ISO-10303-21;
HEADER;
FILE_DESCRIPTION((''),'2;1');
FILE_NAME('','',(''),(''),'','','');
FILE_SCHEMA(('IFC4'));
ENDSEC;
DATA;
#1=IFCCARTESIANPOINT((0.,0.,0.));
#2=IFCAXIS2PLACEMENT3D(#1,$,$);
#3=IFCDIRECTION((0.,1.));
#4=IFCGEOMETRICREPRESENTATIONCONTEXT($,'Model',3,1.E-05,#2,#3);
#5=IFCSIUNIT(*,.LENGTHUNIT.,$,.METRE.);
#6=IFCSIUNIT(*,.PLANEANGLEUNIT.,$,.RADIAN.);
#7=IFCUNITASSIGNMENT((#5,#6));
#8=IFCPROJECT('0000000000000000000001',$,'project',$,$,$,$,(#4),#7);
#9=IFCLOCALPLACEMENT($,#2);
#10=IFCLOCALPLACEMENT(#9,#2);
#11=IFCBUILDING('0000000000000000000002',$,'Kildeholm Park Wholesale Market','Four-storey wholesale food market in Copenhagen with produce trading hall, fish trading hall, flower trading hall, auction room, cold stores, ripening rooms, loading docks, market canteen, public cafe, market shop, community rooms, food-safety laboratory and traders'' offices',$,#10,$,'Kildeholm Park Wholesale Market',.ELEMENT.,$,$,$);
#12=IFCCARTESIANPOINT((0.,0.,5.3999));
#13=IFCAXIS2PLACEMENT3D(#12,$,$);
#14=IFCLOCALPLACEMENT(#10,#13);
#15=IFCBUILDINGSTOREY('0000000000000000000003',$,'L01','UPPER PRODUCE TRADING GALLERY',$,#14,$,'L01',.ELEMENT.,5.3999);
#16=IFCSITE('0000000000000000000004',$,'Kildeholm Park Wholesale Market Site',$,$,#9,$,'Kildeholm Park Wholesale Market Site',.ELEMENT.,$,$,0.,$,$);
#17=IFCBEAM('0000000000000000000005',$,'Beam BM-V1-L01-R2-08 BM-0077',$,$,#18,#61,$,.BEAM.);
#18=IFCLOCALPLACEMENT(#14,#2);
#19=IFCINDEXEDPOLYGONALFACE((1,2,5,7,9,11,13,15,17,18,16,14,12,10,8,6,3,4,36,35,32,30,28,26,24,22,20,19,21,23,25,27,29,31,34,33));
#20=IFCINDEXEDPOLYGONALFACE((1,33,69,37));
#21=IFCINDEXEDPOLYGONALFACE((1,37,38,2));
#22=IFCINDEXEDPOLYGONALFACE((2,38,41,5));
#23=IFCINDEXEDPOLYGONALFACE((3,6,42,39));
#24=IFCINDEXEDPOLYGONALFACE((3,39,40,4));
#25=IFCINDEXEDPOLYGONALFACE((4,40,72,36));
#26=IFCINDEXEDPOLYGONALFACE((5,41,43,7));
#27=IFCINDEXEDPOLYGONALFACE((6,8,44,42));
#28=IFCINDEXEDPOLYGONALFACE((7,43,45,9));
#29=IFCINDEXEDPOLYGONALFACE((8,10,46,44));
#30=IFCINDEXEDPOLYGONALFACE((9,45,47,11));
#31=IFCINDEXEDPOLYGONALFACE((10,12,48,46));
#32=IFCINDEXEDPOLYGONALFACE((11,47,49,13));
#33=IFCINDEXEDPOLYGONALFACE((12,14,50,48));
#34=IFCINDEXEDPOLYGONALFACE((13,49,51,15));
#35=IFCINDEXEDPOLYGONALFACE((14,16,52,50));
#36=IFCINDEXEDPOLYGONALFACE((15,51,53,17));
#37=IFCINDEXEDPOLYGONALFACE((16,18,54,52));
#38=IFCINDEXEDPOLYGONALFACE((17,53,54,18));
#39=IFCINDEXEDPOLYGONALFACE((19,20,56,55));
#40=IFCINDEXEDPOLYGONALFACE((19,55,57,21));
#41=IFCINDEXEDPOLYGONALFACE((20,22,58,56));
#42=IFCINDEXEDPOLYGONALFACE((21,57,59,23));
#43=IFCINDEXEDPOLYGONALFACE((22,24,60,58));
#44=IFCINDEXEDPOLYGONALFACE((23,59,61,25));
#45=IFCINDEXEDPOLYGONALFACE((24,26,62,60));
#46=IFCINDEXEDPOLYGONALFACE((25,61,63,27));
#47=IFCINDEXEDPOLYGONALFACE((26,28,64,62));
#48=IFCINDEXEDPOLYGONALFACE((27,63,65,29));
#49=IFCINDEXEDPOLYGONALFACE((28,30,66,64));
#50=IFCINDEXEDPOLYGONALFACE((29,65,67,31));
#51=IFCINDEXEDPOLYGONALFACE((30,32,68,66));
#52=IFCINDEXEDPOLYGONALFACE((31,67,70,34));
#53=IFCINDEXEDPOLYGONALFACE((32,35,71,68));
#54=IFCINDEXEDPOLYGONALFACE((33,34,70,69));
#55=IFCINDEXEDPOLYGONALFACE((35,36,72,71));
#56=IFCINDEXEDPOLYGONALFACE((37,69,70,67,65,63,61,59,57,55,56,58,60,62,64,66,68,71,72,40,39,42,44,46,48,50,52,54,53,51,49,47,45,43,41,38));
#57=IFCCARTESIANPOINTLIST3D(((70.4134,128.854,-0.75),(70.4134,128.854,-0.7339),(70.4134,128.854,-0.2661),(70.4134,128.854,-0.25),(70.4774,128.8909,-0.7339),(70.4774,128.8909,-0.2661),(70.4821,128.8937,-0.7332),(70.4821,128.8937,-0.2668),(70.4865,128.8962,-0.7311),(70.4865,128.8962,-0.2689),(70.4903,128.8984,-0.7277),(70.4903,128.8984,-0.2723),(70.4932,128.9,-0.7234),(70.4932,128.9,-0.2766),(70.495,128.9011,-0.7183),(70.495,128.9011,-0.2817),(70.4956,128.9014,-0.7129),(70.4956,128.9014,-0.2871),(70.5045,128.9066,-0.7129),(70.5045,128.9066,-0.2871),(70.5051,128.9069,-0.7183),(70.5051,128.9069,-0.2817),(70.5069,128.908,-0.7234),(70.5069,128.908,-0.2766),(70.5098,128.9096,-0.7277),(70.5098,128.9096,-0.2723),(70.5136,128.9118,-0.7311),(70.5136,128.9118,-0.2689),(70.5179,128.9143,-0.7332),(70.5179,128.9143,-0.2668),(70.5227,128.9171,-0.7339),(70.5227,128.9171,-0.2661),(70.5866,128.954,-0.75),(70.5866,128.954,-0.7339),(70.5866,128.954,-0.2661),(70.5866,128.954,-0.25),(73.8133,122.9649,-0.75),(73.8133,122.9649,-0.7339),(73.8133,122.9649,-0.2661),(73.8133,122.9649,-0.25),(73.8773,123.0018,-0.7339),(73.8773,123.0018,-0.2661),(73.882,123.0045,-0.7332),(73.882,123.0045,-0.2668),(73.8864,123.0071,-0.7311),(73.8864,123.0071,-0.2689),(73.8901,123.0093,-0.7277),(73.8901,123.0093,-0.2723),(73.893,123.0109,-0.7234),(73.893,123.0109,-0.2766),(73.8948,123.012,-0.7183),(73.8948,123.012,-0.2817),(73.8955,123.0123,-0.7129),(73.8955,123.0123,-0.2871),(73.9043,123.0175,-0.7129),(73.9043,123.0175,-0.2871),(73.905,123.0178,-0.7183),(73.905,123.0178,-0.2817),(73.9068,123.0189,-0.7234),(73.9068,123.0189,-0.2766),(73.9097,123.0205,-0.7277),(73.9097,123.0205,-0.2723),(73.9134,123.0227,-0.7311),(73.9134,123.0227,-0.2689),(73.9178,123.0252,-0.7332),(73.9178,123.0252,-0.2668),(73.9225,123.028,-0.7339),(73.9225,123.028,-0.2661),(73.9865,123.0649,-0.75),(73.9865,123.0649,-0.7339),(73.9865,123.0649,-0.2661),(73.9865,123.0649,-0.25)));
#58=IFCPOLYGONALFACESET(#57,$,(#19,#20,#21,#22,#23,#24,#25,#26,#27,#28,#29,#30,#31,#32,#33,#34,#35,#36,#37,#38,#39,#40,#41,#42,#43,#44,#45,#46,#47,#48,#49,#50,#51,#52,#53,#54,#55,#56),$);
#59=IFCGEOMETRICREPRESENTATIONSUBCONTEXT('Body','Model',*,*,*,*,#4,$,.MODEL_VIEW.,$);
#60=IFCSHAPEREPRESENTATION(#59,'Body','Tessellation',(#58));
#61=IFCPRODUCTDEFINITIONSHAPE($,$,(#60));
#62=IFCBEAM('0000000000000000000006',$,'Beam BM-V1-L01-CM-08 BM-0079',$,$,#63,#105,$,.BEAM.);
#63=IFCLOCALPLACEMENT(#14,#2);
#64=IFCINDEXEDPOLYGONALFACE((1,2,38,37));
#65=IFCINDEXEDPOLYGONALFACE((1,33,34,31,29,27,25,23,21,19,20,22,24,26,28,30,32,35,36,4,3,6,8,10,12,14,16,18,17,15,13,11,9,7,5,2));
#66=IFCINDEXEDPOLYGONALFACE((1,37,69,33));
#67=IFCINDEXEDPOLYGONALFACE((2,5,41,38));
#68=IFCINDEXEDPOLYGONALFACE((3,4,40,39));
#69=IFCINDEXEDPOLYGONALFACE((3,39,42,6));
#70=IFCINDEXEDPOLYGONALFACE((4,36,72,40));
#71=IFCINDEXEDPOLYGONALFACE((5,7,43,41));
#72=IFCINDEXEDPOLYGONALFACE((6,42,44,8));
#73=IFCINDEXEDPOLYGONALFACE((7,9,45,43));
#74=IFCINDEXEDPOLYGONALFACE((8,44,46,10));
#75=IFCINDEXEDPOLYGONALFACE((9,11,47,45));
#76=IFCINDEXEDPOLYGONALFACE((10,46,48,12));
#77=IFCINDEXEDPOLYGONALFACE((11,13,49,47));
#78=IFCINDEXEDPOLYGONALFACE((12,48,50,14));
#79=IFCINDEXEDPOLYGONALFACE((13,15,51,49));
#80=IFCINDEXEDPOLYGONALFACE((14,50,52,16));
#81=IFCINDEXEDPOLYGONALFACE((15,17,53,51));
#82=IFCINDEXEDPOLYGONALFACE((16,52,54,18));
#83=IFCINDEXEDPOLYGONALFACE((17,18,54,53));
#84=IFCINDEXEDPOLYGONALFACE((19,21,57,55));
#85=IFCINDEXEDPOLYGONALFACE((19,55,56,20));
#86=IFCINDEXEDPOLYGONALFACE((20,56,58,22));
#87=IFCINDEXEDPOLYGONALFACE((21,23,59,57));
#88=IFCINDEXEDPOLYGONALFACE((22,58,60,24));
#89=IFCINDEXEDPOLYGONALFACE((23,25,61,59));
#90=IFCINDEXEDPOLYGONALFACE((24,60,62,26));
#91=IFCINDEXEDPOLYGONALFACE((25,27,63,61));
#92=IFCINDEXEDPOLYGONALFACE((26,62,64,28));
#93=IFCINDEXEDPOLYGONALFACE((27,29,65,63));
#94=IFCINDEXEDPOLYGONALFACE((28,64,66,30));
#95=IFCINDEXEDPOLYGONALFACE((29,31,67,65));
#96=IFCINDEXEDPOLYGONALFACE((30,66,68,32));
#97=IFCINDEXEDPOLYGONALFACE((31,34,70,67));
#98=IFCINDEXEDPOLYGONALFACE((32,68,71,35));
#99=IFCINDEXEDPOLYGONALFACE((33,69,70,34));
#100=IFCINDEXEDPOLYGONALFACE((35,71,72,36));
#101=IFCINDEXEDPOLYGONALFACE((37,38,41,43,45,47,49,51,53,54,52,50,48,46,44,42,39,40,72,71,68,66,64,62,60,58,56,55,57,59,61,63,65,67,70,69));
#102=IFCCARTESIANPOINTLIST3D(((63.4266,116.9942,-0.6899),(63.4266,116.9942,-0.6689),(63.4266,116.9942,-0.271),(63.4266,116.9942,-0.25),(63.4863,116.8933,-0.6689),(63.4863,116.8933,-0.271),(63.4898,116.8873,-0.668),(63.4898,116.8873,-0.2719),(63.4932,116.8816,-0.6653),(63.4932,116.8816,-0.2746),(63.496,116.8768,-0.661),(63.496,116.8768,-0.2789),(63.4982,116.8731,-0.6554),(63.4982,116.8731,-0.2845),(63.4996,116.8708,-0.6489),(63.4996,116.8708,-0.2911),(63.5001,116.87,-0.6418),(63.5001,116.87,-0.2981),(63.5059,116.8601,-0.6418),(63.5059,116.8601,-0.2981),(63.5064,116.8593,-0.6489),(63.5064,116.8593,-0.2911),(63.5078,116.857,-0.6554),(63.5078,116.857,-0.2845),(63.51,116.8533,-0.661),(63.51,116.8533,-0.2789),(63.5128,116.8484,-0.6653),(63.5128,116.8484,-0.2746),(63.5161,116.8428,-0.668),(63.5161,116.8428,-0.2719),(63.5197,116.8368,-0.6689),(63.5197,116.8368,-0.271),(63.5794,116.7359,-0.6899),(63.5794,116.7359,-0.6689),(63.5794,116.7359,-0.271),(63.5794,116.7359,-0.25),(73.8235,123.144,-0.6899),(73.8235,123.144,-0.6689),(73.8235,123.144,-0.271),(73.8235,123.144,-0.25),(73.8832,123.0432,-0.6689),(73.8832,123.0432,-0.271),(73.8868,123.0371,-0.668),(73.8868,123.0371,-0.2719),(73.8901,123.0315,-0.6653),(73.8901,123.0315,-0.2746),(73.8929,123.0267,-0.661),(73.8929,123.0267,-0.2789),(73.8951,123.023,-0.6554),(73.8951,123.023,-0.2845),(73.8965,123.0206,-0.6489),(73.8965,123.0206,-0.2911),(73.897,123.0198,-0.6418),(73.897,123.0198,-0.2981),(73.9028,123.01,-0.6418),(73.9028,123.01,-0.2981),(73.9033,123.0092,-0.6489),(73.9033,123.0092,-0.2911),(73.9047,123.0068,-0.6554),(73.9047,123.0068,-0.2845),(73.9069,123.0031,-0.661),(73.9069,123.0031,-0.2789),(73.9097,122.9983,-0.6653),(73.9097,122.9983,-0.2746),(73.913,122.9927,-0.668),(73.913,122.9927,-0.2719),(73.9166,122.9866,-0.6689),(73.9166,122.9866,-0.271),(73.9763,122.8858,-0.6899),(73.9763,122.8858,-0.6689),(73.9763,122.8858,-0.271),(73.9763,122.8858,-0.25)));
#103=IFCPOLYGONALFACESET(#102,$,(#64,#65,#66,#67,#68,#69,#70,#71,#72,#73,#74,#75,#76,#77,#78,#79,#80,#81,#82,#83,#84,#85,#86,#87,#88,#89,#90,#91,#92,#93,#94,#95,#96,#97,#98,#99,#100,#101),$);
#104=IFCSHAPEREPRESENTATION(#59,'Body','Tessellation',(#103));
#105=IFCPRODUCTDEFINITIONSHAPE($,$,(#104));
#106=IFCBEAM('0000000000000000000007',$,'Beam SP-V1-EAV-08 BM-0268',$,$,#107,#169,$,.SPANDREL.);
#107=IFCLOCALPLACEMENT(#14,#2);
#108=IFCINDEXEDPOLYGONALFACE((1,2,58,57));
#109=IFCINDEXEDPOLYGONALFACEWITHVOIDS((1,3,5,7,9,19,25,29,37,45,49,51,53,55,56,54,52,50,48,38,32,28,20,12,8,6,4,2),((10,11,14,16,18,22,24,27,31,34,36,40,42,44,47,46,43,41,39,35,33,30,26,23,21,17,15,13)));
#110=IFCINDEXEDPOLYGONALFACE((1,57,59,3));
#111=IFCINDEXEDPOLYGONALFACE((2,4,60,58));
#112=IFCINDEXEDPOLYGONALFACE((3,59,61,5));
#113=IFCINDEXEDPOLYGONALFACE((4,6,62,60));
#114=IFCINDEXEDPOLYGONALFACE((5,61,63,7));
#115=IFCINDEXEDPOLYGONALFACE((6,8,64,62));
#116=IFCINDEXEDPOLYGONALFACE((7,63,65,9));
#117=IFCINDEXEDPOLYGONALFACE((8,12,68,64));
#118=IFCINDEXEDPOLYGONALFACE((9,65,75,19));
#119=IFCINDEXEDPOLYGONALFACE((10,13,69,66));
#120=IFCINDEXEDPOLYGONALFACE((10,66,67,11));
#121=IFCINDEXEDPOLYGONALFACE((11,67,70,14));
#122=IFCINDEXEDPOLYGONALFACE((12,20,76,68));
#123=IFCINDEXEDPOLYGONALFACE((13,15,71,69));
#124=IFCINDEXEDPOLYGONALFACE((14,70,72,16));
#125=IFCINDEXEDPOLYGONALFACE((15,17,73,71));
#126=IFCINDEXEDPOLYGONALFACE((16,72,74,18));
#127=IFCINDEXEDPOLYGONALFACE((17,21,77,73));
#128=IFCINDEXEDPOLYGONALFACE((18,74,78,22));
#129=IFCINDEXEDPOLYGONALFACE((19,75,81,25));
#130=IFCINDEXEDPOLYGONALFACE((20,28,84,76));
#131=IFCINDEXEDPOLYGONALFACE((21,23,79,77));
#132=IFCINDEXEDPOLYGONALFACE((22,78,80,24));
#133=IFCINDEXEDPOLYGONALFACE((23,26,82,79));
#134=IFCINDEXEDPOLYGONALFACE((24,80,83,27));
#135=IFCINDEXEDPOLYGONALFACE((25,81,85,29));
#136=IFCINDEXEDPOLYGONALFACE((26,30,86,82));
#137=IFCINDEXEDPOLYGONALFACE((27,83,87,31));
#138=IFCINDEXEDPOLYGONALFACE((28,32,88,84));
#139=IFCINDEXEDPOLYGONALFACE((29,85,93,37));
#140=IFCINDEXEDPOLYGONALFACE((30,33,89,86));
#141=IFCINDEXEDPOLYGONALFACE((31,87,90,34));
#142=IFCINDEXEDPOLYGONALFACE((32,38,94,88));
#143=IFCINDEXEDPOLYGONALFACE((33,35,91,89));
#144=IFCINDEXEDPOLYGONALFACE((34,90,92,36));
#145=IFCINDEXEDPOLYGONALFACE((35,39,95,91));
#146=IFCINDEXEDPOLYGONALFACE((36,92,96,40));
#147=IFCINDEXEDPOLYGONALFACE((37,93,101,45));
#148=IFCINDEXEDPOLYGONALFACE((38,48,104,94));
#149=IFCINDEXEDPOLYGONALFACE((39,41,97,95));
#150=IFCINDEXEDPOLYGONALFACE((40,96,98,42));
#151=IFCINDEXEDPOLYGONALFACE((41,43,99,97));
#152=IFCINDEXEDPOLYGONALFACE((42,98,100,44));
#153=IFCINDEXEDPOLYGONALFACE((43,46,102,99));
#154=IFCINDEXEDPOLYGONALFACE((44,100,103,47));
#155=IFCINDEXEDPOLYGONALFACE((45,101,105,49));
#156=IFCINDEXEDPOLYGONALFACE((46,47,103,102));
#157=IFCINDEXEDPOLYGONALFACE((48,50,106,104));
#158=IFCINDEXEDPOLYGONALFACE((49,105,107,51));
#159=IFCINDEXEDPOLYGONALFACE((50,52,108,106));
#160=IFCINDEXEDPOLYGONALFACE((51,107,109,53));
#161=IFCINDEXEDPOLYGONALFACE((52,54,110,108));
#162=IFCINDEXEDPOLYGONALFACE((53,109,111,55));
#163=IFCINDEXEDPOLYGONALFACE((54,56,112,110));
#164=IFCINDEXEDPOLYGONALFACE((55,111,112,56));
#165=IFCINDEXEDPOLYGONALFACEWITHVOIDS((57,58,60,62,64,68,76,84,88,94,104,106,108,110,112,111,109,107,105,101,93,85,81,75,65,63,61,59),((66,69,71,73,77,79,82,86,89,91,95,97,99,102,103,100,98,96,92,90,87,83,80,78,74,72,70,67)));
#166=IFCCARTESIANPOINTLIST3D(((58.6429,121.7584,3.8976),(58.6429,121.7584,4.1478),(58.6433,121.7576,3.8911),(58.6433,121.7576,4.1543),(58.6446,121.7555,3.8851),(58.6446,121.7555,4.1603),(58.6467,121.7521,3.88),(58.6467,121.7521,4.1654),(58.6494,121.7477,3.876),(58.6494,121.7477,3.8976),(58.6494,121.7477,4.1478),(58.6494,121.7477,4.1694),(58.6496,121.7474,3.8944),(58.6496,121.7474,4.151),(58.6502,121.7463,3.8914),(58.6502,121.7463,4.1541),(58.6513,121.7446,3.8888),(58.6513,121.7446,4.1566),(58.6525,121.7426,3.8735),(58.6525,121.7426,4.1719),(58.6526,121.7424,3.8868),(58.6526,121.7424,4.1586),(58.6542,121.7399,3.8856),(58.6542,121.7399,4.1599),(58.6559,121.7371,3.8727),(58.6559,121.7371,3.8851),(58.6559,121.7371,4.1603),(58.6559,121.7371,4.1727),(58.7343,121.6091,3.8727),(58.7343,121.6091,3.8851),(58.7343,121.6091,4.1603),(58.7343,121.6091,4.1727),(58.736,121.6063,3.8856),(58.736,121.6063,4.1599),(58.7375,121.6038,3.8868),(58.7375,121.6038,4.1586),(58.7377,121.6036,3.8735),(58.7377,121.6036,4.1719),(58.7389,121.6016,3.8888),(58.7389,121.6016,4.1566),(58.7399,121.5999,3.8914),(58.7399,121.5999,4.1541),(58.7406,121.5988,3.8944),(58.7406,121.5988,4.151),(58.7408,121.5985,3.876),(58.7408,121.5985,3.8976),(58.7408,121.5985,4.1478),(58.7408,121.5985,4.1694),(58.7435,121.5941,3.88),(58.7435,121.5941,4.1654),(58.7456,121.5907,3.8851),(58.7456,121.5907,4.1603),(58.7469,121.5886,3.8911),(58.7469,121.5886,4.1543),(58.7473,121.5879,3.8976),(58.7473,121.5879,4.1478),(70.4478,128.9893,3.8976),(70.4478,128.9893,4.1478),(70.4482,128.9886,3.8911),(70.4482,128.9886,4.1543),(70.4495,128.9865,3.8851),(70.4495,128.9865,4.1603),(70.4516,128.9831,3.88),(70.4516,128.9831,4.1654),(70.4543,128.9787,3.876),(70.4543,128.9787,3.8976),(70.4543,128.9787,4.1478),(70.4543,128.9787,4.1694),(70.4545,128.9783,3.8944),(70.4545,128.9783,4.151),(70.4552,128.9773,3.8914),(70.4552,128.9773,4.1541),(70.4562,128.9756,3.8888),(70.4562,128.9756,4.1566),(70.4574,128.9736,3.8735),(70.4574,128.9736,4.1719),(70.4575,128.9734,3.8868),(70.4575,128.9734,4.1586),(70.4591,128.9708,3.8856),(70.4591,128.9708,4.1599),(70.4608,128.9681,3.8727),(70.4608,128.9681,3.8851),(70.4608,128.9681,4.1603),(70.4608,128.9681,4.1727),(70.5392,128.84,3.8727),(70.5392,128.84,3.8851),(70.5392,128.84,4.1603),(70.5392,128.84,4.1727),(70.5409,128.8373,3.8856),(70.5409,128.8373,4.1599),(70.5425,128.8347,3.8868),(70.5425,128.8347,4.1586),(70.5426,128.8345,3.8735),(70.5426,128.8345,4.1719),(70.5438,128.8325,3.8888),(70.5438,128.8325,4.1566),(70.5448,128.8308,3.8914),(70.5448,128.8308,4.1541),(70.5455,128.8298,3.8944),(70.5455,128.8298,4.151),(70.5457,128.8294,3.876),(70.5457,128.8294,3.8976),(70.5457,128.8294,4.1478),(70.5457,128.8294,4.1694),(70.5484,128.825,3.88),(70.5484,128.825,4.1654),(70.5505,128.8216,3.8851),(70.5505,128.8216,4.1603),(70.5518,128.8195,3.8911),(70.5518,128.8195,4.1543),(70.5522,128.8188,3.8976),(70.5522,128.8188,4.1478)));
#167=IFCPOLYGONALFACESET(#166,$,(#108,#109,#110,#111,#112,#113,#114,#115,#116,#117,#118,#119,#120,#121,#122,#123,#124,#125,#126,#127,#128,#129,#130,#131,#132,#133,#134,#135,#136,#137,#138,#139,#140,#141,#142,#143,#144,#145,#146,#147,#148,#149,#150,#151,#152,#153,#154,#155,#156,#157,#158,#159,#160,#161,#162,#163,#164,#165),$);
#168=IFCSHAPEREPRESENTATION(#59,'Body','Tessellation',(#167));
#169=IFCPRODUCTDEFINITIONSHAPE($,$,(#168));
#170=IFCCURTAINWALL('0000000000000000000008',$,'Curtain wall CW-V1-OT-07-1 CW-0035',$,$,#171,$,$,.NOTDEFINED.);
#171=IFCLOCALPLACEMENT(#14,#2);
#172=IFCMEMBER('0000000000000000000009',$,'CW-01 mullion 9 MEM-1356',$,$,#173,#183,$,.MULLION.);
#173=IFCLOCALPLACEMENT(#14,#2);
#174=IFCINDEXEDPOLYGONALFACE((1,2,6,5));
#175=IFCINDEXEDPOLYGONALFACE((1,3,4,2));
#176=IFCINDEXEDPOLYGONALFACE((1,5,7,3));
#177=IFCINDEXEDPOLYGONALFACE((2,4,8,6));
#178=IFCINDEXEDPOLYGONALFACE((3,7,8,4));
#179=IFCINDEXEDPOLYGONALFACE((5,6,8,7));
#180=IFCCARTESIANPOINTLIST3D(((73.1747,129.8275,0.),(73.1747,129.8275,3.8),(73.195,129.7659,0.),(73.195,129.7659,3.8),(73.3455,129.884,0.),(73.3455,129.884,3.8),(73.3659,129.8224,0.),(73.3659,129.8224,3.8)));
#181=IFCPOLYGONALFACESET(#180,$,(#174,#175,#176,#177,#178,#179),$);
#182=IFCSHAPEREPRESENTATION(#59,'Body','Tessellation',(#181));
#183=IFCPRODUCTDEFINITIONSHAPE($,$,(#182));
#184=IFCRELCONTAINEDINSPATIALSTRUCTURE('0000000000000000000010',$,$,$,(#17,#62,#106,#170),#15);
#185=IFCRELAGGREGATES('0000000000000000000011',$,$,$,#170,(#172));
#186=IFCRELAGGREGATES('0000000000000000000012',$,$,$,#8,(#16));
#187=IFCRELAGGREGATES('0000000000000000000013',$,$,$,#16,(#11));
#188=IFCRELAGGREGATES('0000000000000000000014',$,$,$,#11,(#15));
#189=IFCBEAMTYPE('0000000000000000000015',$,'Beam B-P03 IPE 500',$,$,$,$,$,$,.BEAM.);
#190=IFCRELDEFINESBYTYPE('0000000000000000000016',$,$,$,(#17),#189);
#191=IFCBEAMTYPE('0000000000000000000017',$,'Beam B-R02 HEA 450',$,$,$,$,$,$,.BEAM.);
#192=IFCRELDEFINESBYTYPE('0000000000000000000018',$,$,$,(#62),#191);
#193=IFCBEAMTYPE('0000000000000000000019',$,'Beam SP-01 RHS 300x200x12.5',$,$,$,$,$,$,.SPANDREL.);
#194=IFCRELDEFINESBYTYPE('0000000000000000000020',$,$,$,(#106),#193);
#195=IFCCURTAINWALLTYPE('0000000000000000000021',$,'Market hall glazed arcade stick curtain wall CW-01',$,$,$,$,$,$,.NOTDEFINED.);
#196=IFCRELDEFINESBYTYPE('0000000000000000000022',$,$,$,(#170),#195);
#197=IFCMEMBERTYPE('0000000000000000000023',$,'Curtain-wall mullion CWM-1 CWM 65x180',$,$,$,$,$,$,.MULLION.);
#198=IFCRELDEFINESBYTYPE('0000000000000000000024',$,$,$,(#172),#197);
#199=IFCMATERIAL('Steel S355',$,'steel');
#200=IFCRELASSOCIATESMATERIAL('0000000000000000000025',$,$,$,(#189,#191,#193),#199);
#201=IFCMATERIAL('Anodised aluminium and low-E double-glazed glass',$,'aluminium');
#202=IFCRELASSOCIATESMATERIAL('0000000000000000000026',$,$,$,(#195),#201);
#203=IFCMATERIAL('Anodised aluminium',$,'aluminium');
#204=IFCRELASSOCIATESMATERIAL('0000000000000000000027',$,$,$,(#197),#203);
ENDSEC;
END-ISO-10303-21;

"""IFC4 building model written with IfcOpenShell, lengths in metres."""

from ifc_helpers import new_model, si_unit, direction, frame, origin, origin_2d, place, context, subcontext, project, spatial, rectangle, hollow_rectangle, i_section, extrude, material, material_profile, profile_set, type_object, element, aggregate, save


model = new_model("IFC4")

# Units and contexts
model_context = context("Model", 3, precision=1e-05, world=origin(), true_north=direction((0.0, 1.0)))
body_context = subcontext(model_context, "Body", "Model", "MODEL_VIEW")
ifc_project = project(units=[si_unit("LENGTHUNIT", "METRE"), si_unit("PLANEANGLEUNIT", "RADIAN")], contexts=[model_context])

# Site, building, storey
site_placement = place(None, origin())
site = spatial("IfcSite", under=ifc_project, at=site_placement, Name="Kildeholm Park Wholesale Market Site", LongName="Kildeholm Park Wholesale Market Site", CompositionType="ELEMENT", RefElevation=0.0)
building_placement = place(site_placement, origin())
building = spatial("IfcBuilding", under=site, at=building_placement, Name="Kildeholm Park Wholesale Market", Description="Four-storey wholesale food market in Copenhagen with produce trading hall, fish trading hall, flower trading hall, auction room, cold stores, ripening rooms, loading docks, market canteen, public cafe, market shop, community rooms, food-safety laboratory and traders' offices", LongName="Kildeholm Park Wholesale Market", CompositionType="ELEMENT")
storey_placement = place(building_placement, frame((0.0, 0.0, 5.3999)))
storey = spatial("IfcBuildingStorey", under=building, at=storey_placement, Name="L01", Description="UPPER PRODUCE TRADING GALLERY", LongName="L01", CompositionType="ELEMENT", Elevation=5.3999)

# Shared definitions
ifc_material_1 = material(Name="Steel S355", Category="steel")

# Beams
ifc_material_profile_1 = material_profile(ifc_material_1, i_section(OverallWidth=0.2, OverallDepth=0.5, WebThickness=0.0103, FlangeThickness=0.0161, FilletRadius=0.021, at=origin_2d()), Name="IPE 500")
ifc_profile_set_1 = profile_set([ifc_material_profile_1], Name="Steel S355")
beam_type_1 = type_object("IfcBeamType", Name="Beam B-P03 IPE 500", PredefinedType="BEAM", material=ifc_profile_set_1)
beam_1_placement = place(storey_placement, frame((73.8999, 123.0149, -0.5), z_axis=(-0.499977, 0.866039, 0.0), x_axis=(-0.866039, -0.499977, 0.0)))
element("IfcBeam", 1, at=beam_1_placement, inside=storey, type_object=beam_type_1, Name="Beam BM-V1-L01-R2-08 BM-0077", PredefinedType="BEAM", context=body_context, shape_type="SweptSolid", body=[
    extrude(i_section(OverallWidth=0.2, OverallDepth=0.5, WebThickness=0.0103, FlangeThickness=0.0161, FilletRadius=0.021, at=origin_2d()), origin(), (0.0, 0.0, 1.0), 6.8),
])
ifc_material_profile_2 = material_profile(ifc_material_1, i_section(OverallWidth=0.3, OverallDepth=0.4399, WebThickness=0.0115, FlangeThickness=0.021, FilletRadius=0.0271, at=origin_2d()), Name="HEA 450")
ifc_profile_set_2 = profile_set([ifc_material_profile_2], Name="Steel S355")
beam_type_2 = type_object("IfcBeamType", Name="Beam B-R02 HEA 450", PredefinedType="BEAM", material=ifc_profile_set_2)
beam_2_placement = place(storey_placement, frame((73.8999, 123.0149, -0.47), z_axis=(-0.8607, -0.509112, 0.0), x_axis=(0.509112, -0.8607, 0.0)))
element("IfcBeam", 2, at=beam_2_placement, inside=storey, type_object=beam_type_2, Name="Beam BM-V1-L01-CM-08 BM-0079", PredefinedType="BEAM", context=body_context, shape_type="SweptSolid", body=[
    extrude(i_section(OverallWidth=0.3, OverallDepth=0.4399, WebThickness=0.0115, FlangeThickness=0.021, FilletRadius=0.0271, at=origin_2d()), origin(), (0.0, 0.0, 1.0), 12.0796),
])
ifc_material_profile_3 = material_profile(ifc_material_1, hollow_rectangle(XDim=0.2, YDim=0.3, WallThickness=0.0125, InnerFilletRadius=0.0125, OuterFilletRadius=0.0249, at=origin_2d()), Name="RHS 300x200x12.5")
ifc_profile_set_3 = profile_set([ifc_material_profile_3], Name="Steel S355")
beam_type_3 = type_object("IfcBeamType", Name="Beam SP-01 RHS 300x200x12.5", PredefinedType="SPANDREL", material=ifc_profile_set_3)
beam_3_placement = place(storey_placement, frame((70.5, 128.9041, 4.0227), z_axis=(-0.85274, -0.522335, 0.0), x_axis=(0.522335, -0.85274, 0.0)))
element("IfcBeam", 3, at=beam_3_placement, inside=storey, type_object=beam_type_3, Name="Beam SP-V1-EAV-08 BM-0268", PredefinedType="SPANDREL", context=body_context, shape_type="SweptSolid", body=[
    extrude(hollow_rectangle(XDim=0.2, YDim=0.3, WallThickness=0.0125, InnerFilletRadius=0.0125, OuterFilletRadius=0.0249, at=origin_2d()), origin(), (0.0, 0.0, 1.0), 13.8435),
])

# Curtain wall, member
ifc_material_2 = material(Name="Anodised aluminium and low-E double-glazed glass", Category="aluminium")
curtain_wall_type = type_object("IfcCurtainWallType", Name="Market hall glazed arcade stick curtain wall CW-01", PredefinedType="NOTDEFINED", material=ifc_material_2)
curtain_wall_1_placement = place(storey_placement, origin())
curtain_wall_1 = element("IfcCurtainWall", 4, at=curtain_wall_1_placement, inside=storey, type_object=curtain_wall_type, Name="Curtain wall CW-V1-OT-07-1 CW-0035", PredefinedType="NOTDEFINED")
ifc_material_3 = material(Name="Anodised aluminium", Category="aluminium")
ifc_material_profile_4 = material_profile(ifc_material_3, rectangle(XDim=0.0649, YDim=0.1799, at=origin_2d()), Name="CWM 65x180")
ifc_profile_set_4 = profile_set([ifc_material_profile_4], Name="Anodised aluminium")
member_type_1 = type_object("IfcMemberType", Name="Curtain-wall mullion CWM-1 CWM 65x180", PredefinedType="MULLION", material=ifc_profile_set_4)
member_1_placement = place(storey_placement, frame((73.2703, 129.825, 0.0), z_axis=(0.0, 0.0, 1.0), x_axis=(0.313914, -0.949451, 0.0)))
member_1 = element("IfcMember", 5, at=member_1_placement, type_object=member_type_1, Name="CW-01 mullion 9 MEM-1356", PredefinedType="MULLION", context=body_context, shape_type="SweptSolid", body=[
    extrude(rectangle(XDim=0.0649, YDim=0.1799, at=origin_2d()), origin(), (0.0, 0.0, 1.0), 3.8),
])

aggregate(curtain_wall_1, [member_1])

save(model, "model.ifc")
